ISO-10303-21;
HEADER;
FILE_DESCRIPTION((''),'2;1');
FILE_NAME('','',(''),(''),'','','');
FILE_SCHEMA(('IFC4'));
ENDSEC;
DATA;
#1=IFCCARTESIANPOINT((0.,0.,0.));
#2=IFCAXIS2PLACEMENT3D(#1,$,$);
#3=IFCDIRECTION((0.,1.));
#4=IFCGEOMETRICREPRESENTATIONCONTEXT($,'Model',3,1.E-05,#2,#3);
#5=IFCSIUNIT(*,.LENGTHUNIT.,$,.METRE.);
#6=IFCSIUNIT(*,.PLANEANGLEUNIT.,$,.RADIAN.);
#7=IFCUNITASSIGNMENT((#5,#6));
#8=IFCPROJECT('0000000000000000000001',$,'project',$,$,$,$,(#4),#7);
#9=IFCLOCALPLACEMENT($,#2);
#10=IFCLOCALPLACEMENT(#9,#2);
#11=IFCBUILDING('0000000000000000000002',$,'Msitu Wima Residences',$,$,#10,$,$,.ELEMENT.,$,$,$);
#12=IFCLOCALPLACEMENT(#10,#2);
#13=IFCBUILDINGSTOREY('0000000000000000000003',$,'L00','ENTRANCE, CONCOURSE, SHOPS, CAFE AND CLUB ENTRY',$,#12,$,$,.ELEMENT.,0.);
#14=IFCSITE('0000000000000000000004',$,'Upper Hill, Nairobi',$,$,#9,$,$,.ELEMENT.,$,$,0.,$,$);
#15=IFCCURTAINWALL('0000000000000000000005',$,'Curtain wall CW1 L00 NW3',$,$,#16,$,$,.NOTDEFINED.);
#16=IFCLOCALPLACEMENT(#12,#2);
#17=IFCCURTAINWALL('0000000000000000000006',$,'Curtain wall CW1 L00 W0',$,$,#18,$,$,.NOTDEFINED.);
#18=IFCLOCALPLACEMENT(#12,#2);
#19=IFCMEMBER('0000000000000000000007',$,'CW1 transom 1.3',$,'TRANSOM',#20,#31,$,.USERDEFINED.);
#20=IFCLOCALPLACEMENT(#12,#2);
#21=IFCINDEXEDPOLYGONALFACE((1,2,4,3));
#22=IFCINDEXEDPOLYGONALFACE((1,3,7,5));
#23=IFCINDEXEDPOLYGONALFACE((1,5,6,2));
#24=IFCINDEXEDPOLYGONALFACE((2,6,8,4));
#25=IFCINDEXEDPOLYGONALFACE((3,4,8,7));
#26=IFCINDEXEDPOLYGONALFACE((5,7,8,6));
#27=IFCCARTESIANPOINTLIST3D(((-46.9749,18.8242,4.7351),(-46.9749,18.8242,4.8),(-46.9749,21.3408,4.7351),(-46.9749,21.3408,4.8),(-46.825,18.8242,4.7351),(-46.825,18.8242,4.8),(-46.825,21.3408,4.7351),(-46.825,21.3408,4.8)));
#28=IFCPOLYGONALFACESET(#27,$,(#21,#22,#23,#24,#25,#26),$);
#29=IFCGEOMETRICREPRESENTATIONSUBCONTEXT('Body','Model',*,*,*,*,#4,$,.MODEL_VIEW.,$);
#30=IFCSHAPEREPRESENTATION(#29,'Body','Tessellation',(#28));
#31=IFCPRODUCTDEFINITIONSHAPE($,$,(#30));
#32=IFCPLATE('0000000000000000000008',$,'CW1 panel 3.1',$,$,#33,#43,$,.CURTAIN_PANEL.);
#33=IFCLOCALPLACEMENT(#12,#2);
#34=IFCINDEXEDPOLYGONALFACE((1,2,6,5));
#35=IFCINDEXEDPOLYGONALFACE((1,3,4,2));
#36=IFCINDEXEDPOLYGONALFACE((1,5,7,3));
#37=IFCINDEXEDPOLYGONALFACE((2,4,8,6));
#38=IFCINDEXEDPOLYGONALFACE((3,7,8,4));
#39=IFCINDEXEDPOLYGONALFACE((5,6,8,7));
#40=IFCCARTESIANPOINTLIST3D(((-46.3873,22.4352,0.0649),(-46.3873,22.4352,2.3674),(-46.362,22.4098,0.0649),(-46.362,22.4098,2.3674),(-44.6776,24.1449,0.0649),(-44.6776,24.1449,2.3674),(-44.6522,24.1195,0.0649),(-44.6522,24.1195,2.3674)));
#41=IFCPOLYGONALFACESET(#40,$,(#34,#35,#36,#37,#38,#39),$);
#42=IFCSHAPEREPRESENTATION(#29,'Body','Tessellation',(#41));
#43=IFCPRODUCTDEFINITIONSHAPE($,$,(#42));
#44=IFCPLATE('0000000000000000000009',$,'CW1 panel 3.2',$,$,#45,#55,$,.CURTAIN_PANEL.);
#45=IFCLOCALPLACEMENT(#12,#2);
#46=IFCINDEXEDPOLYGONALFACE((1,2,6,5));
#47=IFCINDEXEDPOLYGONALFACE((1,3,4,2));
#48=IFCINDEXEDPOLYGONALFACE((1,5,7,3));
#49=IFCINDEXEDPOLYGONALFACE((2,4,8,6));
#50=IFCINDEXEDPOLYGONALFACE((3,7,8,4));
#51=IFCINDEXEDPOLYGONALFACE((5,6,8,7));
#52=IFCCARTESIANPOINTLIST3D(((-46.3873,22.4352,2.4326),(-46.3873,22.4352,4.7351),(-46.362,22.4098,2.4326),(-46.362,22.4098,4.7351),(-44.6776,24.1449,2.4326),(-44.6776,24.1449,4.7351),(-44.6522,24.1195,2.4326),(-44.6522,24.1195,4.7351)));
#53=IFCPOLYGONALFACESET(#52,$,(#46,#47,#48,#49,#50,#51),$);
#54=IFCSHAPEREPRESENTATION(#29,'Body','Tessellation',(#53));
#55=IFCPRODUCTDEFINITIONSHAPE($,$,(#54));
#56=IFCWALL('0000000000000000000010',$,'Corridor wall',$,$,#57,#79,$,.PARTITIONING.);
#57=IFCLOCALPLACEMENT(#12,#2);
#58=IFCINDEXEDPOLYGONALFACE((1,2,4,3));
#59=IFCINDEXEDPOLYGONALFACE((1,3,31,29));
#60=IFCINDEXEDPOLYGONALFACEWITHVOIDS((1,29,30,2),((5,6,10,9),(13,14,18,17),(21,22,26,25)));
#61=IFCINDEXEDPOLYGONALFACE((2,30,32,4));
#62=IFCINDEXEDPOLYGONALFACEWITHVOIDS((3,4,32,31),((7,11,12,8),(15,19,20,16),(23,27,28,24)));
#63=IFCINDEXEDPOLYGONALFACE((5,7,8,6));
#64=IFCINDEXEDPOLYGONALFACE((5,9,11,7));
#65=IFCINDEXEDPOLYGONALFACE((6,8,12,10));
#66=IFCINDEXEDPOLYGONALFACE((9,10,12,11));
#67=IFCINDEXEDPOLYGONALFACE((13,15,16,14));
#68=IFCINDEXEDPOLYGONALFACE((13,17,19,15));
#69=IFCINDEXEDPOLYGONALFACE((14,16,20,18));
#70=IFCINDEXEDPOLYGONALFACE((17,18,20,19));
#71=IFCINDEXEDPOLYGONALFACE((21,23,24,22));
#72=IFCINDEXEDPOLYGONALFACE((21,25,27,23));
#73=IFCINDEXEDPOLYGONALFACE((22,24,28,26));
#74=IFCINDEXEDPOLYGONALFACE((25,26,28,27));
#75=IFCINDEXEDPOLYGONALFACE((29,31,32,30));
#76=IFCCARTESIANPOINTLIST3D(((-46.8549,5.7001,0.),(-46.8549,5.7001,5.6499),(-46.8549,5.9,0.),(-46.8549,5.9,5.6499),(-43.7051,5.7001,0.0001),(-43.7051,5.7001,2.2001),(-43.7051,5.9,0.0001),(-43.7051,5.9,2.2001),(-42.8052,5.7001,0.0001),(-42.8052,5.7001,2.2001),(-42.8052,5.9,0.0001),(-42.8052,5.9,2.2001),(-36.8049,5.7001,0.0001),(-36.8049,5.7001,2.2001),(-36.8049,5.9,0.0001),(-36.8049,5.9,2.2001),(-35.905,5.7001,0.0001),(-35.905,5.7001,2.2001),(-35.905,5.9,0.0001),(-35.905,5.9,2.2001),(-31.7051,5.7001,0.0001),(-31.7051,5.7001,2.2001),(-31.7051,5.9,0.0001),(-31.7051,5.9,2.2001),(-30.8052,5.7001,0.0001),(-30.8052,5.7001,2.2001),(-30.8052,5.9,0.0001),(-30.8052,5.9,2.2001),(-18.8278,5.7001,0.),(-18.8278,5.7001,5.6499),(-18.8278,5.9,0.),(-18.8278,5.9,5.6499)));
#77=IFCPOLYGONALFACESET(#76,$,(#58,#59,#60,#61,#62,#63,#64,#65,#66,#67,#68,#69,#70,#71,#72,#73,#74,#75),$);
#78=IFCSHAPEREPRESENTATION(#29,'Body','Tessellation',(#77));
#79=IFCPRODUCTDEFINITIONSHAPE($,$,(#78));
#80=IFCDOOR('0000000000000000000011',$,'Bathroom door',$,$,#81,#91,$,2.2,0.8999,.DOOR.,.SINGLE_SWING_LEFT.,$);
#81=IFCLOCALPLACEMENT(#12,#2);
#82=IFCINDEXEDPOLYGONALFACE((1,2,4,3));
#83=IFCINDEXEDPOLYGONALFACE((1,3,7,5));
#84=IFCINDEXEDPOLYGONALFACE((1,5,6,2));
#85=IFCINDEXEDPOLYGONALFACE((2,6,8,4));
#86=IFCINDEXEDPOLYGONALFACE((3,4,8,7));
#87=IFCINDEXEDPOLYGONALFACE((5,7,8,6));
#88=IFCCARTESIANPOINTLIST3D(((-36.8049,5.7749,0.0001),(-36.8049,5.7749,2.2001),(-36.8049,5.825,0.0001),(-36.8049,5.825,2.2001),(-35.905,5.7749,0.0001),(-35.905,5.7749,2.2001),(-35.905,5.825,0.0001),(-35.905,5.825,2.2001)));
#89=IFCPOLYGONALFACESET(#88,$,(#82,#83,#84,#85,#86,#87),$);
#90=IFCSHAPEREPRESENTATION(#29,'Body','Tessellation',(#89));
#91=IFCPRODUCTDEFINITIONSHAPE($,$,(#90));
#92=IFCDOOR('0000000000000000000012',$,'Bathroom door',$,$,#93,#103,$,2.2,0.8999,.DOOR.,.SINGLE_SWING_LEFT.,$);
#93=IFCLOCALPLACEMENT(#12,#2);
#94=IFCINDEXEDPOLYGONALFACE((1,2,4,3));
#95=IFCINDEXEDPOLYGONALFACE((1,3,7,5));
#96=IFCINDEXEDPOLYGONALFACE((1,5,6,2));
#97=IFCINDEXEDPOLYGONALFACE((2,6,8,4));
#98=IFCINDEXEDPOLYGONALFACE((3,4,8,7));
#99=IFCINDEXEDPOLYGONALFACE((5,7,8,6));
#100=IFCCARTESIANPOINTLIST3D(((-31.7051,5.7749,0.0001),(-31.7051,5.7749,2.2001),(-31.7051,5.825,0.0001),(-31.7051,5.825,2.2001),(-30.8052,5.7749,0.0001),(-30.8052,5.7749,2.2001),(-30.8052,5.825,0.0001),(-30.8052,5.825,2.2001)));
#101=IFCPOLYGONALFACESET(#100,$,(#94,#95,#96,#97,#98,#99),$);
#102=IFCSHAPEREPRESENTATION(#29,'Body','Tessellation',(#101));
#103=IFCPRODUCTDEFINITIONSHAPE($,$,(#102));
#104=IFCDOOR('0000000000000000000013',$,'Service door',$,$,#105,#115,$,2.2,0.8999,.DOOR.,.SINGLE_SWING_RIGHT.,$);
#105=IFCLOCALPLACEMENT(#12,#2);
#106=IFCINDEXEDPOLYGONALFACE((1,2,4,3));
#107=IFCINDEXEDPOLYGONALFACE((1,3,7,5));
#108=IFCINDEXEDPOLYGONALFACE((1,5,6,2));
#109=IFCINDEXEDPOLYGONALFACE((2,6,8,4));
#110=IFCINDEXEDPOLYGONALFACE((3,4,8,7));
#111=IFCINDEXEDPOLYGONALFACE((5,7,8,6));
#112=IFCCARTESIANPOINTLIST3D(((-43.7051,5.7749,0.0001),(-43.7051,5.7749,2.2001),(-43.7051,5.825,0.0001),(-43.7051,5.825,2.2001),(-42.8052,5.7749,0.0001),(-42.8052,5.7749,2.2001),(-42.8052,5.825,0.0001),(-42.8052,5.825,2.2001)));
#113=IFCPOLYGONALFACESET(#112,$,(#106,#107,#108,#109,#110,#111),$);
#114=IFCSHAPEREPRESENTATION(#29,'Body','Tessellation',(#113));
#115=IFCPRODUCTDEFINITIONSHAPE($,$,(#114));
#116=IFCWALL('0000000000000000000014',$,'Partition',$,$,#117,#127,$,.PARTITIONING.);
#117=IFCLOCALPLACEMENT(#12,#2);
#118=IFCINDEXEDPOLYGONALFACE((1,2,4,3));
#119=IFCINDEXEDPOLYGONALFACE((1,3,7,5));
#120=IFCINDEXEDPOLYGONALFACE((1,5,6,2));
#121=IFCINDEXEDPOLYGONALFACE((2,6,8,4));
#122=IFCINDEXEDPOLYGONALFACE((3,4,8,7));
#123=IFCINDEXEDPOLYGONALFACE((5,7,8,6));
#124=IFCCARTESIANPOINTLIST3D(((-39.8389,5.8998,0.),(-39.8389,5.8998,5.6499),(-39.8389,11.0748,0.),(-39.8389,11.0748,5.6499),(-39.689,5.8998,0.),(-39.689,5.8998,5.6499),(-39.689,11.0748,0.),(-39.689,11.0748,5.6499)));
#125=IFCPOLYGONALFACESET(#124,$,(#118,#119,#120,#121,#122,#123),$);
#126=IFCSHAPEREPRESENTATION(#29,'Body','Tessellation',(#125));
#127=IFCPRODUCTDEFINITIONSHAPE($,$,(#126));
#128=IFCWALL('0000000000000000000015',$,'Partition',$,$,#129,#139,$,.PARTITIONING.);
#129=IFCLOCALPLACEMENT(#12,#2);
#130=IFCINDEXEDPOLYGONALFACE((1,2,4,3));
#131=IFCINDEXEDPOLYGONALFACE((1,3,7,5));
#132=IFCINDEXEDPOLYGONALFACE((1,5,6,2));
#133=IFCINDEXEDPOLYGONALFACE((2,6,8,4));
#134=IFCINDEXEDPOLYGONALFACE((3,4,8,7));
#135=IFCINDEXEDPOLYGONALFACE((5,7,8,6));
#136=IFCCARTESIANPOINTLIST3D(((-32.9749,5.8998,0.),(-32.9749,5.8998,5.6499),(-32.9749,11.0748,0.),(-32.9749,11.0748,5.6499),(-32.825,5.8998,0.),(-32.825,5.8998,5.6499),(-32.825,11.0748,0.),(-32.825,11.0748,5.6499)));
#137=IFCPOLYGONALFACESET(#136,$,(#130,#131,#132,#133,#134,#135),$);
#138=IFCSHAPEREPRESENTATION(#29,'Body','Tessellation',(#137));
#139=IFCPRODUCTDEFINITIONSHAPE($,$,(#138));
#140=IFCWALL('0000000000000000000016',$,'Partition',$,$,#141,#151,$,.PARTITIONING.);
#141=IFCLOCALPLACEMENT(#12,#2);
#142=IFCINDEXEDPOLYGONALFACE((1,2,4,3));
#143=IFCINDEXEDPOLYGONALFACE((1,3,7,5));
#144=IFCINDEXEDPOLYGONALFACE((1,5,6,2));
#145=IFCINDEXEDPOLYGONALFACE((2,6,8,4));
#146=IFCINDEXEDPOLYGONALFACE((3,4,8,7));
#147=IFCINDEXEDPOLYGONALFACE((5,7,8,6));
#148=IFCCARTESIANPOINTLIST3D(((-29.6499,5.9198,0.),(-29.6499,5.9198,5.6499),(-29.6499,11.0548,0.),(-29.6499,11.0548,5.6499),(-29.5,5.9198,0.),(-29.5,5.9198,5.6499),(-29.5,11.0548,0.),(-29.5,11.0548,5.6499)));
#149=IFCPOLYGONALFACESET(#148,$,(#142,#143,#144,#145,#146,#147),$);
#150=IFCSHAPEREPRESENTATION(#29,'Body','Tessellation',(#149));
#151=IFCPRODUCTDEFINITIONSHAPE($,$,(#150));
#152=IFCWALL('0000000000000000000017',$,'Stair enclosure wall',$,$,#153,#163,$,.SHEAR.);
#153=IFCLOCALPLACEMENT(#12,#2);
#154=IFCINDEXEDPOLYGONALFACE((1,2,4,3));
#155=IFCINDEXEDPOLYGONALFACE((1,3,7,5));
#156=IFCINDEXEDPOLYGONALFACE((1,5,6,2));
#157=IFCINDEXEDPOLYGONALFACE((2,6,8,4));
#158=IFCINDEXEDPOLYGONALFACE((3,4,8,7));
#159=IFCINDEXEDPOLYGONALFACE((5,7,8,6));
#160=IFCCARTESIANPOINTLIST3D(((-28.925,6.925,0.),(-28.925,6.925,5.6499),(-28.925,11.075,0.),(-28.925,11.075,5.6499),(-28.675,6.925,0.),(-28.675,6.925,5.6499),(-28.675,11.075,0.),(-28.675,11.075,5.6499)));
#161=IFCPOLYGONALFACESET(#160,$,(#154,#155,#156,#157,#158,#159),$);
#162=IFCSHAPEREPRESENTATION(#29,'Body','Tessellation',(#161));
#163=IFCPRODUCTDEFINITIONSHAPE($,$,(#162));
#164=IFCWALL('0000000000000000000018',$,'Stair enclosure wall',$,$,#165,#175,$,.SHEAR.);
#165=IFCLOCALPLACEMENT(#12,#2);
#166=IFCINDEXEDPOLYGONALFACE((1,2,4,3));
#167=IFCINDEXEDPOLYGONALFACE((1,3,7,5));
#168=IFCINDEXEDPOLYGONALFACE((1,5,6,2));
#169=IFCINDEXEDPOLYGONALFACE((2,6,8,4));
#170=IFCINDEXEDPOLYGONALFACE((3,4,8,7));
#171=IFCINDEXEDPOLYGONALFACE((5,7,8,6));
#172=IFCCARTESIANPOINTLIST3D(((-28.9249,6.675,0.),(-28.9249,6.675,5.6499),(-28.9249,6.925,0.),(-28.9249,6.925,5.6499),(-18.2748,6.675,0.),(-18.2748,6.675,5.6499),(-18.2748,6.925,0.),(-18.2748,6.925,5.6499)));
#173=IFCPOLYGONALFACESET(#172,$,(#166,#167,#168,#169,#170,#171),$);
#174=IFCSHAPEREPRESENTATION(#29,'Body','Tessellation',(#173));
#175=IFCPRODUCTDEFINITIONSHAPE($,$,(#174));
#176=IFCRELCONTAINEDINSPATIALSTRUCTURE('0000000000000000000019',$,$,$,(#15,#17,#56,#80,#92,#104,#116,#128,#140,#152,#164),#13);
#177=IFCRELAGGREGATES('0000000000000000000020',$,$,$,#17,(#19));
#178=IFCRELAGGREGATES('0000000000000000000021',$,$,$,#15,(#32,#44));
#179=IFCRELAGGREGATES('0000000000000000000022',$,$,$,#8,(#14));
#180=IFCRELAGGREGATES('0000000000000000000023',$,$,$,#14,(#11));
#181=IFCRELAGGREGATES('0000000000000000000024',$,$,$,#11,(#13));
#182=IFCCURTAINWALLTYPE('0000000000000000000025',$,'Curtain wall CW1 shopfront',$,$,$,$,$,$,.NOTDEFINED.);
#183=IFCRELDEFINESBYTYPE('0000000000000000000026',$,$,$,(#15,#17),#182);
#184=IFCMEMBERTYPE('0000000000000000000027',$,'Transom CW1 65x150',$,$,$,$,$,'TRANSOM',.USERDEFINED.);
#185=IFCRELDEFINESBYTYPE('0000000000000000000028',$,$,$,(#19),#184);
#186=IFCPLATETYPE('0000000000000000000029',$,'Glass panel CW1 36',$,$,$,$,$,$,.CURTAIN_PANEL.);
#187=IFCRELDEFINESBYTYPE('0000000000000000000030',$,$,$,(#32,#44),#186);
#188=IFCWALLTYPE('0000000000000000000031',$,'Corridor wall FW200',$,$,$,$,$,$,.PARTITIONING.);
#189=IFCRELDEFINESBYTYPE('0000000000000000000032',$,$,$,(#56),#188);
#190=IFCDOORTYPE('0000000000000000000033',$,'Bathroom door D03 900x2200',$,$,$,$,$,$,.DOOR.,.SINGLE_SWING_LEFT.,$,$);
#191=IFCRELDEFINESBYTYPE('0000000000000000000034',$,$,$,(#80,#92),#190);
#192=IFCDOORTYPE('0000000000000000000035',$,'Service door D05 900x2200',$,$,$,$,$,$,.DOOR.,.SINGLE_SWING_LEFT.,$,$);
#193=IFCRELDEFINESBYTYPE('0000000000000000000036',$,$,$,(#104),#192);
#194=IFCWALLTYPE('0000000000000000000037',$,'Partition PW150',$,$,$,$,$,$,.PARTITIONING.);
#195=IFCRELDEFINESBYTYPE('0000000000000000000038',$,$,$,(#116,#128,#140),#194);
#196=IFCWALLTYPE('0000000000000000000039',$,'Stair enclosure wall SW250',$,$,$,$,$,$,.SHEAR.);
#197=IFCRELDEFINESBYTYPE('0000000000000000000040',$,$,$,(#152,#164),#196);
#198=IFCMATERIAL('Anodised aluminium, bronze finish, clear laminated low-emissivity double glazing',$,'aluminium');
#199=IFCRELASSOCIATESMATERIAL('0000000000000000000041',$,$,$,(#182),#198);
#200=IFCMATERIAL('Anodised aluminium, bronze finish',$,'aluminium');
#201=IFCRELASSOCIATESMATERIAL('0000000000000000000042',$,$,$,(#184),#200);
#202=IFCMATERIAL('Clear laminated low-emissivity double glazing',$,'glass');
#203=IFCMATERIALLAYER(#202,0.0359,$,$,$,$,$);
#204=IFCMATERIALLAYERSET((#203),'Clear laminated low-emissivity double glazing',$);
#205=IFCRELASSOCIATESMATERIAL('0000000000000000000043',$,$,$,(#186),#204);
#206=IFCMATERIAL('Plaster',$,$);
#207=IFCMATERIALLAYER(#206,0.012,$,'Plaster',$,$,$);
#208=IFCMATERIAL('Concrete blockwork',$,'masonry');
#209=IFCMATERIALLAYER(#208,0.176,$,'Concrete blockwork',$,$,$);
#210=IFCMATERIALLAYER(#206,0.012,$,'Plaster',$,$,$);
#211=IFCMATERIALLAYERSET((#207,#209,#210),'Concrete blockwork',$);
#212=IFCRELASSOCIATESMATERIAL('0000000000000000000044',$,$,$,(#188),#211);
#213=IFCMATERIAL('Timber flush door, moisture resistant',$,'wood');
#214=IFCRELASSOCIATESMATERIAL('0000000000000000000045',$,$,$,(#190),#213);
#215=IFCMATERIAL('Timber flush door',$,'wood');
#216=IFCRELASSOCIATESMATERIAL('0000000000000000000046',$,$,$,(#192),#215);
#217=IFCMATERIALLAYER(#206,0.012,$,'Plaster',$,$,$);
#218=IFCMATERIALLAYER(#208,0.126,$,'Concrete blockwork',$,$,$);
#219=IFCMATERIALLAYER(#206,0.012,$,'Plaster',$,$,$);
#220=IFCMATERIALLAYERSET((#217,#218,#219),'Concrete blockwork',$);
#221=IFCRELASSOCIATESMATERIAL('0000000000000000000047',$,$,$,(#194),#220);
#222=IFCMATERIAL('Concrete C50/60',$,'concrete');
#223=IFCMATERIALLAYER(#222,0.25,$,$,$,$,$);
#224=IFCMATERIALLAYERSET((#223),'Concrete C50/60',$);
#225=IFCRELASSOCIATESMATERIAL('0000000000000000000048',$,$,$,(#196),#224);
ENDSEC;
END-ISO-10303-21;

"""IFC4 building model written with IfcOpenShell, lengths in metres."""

from ifc_helpers import new_model, si_unit, direction, frame, frame_2d, origin, origin_2d, place, context, subcontext, project, spatial, rectangle, extrude, material, layer, layer_set, material_profile, profile_set, type_object, element, fill, aggregate, save


model = new_model("IFC4")

# Units and contexts
model_context = context("Model", 3, precision=1e-05, world=origin(), true_north=direction((0.0, 1.0)))
body_context = subcontext(model_context, "Body", "Model", "MODEL_VIEW")
ifc_project = project(units=[si_unit("LENGTHUNIT", "METRE"), si_unit("PLANEANGLEUNIT", "RADIAN")], contexts=[model_context])

# Site, building, storey
site_placement = place(None, origin())
site = spatial("IfcSite", under=ifc_project, at=site_placement, Name="Upper Hill, Nairobi", CompositionType="ELEMENT", RefElevation=0.0)
building_placement = place(site_placement, origin())
building = spatial("IfcBuilding", under=site, at=building_placement, Name="Msitu Wima Residences", CompositionType="ELEMENT")
storey_placement = place(building_placement, origin())
storey = spatial("IfcBuildingStorey", under=building, at=storey_placement, Name="L00", Description="ENTRANCE, CONCOURSE, SHOPS, CAFE AND CLUB ENTRY", CompositionType="ELEMENT", Elevation=0.0)

# Curtain walls
ifc_material_1 = material(Name="Anodised aluminium, bronze finish, clear laminated low-emissivity double glazing", Category="aluminium")
curtain_wall_type = type_object("IfcCurtainWallType", Name="Curtain wall CW1 shopfront", PredefinedType="NOTDEFINED", material=ifc_material_1)
curtain_wall_1_placement = place(storey_placement, origin())
curtain_wall_1 = element("IfcCurtainWall", 1, at=curtain_wall_1_placement, inside=storey, type_object=curtain_wall_type, Name="Curtain wall CW1 L00 NW3", PredefinedType="NOTDEFINED")
ifc_material_2 = material(Name="Anodised aluminium, bronze finish", Category="aluminium")
curtain_wall_2_placement = place(storey_placement, origin())
curtain_wall_2 = element("IfcCurtainWall", 2, at=curtain_wall_2_placement, inside=storey, type_object=curtain_wall_type, Name="Curtain wall CW1 L00 W0", PredefinedType="NOTDEFINED")

# Member
ifc_material_profile_1 = material_profile(ifc_material_2, rectangle(XDim=0.1499, YDim=0.0649, at=origin_2d()), Name="Transom 65x150")
ifc_profile_set_1 = profile_set([ifc_material_profile_1], Name="Anodised aluminium, bronze finish")
member_type_1 = type_object("IfcMemberType", Name="Transom CW1 65x150", ElementType="TRANSOM", PredefinedType="USERDEFINED", material=ifc_profile_set_1)
member_1_placement = place(storey_placement, frame((-46.8999, 21.3408, 4.7676), z_axis=(0.0, -1.0, 0.0), x_axis=(1.0, 0.0, 0.0)))
member_1 = element("IfcMember", 3, at=member_1_placement, type_object=member_type_1, Name="CW1 transom 1.3", ObjectType="TRANSOM", PredefinedType="USERDEFINED", context=body_context, shape_type="SweptSolid", body=[
    extrude(rectangle(XDim=0.1499, YDim=0.0649, at=origin_2d()), origin(), (0.0, 0.0, 1.0), 2.5166),
])
aggregate(curtain_wall_2, [member_1])

# Plates
ifc_material_3 = material(Name="Clear laminated low-emissivity double glazing", Category="glass")
ifc_layer_1 = layer(ifc_material_3, 0.0359)
ifc_layer_set_1 = layer_set([ifc_layer_1], Name="Clear laminated low-emissivity double glazing")
plate_type = type_object("IfcPlateType", Name="Glass panel CW1 36", PredefinedType="CURTAIN_PANEL", material=ifc_layer_set_1)
plate_1_placement = place(storey_placement, frame((-45.5198, 23.2773, 0.0649), z_axis=(0.0, 0.0, 1.0), x_axis=(-0.707107, -0.707107, 0.0)))
plate_1 = element("IfcPlate", 4, at=plate_1_placement, type_object=plate_type, Name="CW1 panel 3.1", PredefinedType="CURTAIN_PANEL", context=body_context, shape_type="SweptSolid", body=[
    extrude(rectangle(XDim=2.418, YDim=0.0359, at=origin_2d()), origin(), (0.0, 0.0, 1.0), 2.3025),
])
plate_2_placement = place(storey_placement, frame((-45.5198, 23.2773, 2.4326), z_axis=(0.0, 0.0, 1.0), x_axis=(-0.707107, -0.707107, 0.0)))
plate_2 = element("IfcPlate", 5, at=plate_2_placement, type_object=plate_type, Name="CW1 panel 3.2", PredefinedType="CURTAIN_PANEL", context=body_context, shape_type="SweptSolid", body=[
    extrude(rectangle(XDim=2.418, YDim=0.0359, at=origin_2d()), origin(), (0.0, 0.0, 1.0), 2.3025),
])
aggregate(curtain_wall_1, [plate_1, plate_2])

# Wall, openings, doors
ifc_material_4 = material(Name="Plaster")
ifc_layer_2 = layer(ifc_material_4, 0.012, Name="Plaster")
ifc_material_5 = material(Name="Concrete blockwork", Category="masonry")
ifc_layer_3 = layer(ifc_material_5, 0.176, Name="Concrete blockwork")
ifc_layer_4 = layer(ifc_material_4, 0.012, Name="Plaster")
ifc_layer_set_2 = layer_set([ifc_layer_2, ifc_layer_3, ifc_layer_4], Name="Concrete blockwork")
wall_type_1 = type_object("IfcWallType", Name="Corridor wall FW200", PredefinedType="PARTITIONING", material=ifc_layer_set_2)
wall_1_placement = place(storey_placement, frame((-46.855, 5.8, 0.0), z_axis=(0.0, 0.0, 1.0), x_axis=(1.0, 0.0, 0.0)))
wall_1 = element("IfcWall", 6, at=wall_1_placement, inside=storey, type_object=wall_type_1, Name="Corridor wall", PredefinedType="PARTITIONING", context=body_context, shape_type="SweptSolid", body=[
    extrude(rectangle(XDim=28.0271, YDim=0.2, at=frame_2d((14.0137, 0.0))), origin(), (0.0, 0.0, 1.0), 5.6499),
])
opening_1_placement = place(wall_1_placement, frame((3.1499, 0.0, 0.0)))
opening_1 = element("IfcOpeningElement", 7, at=opening_1_placement, cuts=wall_1, PredefinedType="OPENING", context=body_context, shape_type="SweptSolid", body=[
    extrude(rectangle(XDim=0.8999, YDim=2.2, at=frame_2d((0.45, 1.1001))), frame((0.0, 0.1099, 0.0), z_axis=(0.0, -1.0, 0.0), x_axis=(1.0, 0.0, 0.0)), (0.0, 0.0, 1.0), 0.22),
])
opening_2_placement = place(wall_1_placement, frame((10.05, 0.0, 0.0)))
opening_2 = element("IfcOpeningElement", 8, at=opening_2_placement, cuts=wall_1, PredefinedType="OPENING", context=body_context, shape_type="SweptSolid", body=[
    extrude(rectangle(XDim=0.8999, YDim=2.2, at=frame_2d((0.45, 1.1001))), frame((0.0, 0.1099, 0.0), z_axis=(0.0, -1.0, 0.0), x_axis=(1.0, 0.0, 0.0)), (0.0, 0.0, 1.0), 0.22),
])
opening_3_placement = place(wall_1_placement, frame((15.1499, 0.0, 0.0)))
opening_3 = element("IfcOpeningElement", 9, at=opening_3_placement, cuts=wall_1, PredefinedType="OPENING", context=body_context, shape_type="SweptSolid", body=[
    extrude(rectangle(XDim=0.8999, YDim=2.2, at=frame_2d((0.45, 1.1001))), frame((0.0, 0.1099, 0.0), z_axis=(0.0, -1.0, 0.0), x_axis=(1.0, 0.0, 0.0)), (0.0, 0.0, 1.0), 0.22),
])
ifc_material_6 = material(Name="Timber flush door, moisture resistant", Category="wood")
door_type_1 = type_object("IfcDoorType", Name="Bathroom door D03 900x2200", OperationType="SINGLE_SWING_LEFT", PredefinedType="DOOR", material=ifc_material_6)
door_1_placement = place(opening_2_placement, origin())
door_1 = element("IfcDoor", 10, at=door_1_placement, inside=storey, type_object=door_type_1, Name="Bathroom door", OperationType="SINGLE_SWING_LEFT", OverallHeight=2.2, OverallWidth=0.8999, PredefinedType="DOOR", context=body_context, shape_type="SweptSolid", body=[
    extrude(rectangle(XDim=0.8999, YDim=2.2, at=frame_2d((0.45, 1.1001))), frame((0.0, 0.0249, 0.0), z_axis=(0.0, -1.0, 0.0), x_axis=(1.0, 0.0, 0.0)), (0.0, 0.0, 1.0), 0.05),
])
fill(opening_2, door_1)
door_2_placement = place(opening_3_placement, origin())
door_2 = element("IfcDoor", 11, at=door_2_placement, inside=storey, type_object=door_type_1, Name="Bathroom door", OperationType="SINGLE_SWING_LEFT", OverallHeight=2.2, OverallWidth=0.8999, PredefinedType="DOOR", context=body_context, shape_type="SweptSolid", body=[
    extrude(rectangle(XDim=0.8999, YDim=2.2, at=frame_2d((0.45, 1.1001))), frame((0.0, 0.0249, 0.0), z_axis=(0.0, -1.0, 0.0), x_axis=(1.0, 0.0, 0.0)), (0.0, 0.0, 1.0), 0.05),
])
fill(opening_3, door_2)
ifc_material_7 = material(Name="Timber flush door", Category="wood")
door_type_2 = type_object("IfcDoorType", Name="Service door D05 900x2200", OperationType="SINGLE_SWING_LEFT", PredefinedType="DOOR", material=ifc_material_7)
door_3_placement = place(opening_1_placement, origin())
door_3 = element("IfcDoor", 12, at=door_3_placement, inside=storey, type_object=door_type_2, Name="Service door", OperationType="SINGLE_SWING_RIGHT", OverallHeight=2.2, OverallWidth=0.8999, PredefinedType="DOOR", context=body_context, shape_type="SweptSolid", body=[
    extrude(rectangle(XDim=0.8999, YDim=2.2, at=frame_2d((0.45, 1.1001))), frame((0.0, 0.0249, 0.0), z_axis=(0.0, -1.0, 0.0), x_axis=(1.0, 0.0, 0.0)), (0.0, 0.0, 1.0), 0.05),
])
fill(opening_1, door_3)

# Walls
ifc_layer_5 = layer(ifc_material_4, 0.012, Name="Plaster")
ifc_layer_6 = layer(ifc_material_5, 0.126, Name="Concrete blockwork")
ifc_layer_7 = layer(ifc_material_4, 0.012, Name="Plaster")
ifc_layer_set_3 = layer_set([ifc_layer_5, ifc_layer_6, ifc_layer_7], Name="Concrete blockwork")
wall_type_2 = type_object("IfcWallType", Name="Partition PW150", PredefinedType="PARTITIONING", material=ifc_layer_set_3)
for number, where, z_axis, x_axis, name in (
    (13, (-39.7639, 5.8999, 0.0), (0.0, 0.0, 1.0), (0.0, 1.0, 0.0), "Partition"),
    (14, (-32.8999, 5.8999, 0.0), (0.0, 0.0, 1.0), (0.0, 1.0, 0.0), "Partition"),
):
    element("IfcWall", number, at=place(storey_placement, frame(where, z_axis=z_axis, x_axis=x_axis)), inside=storey, type_object=wall_type_2, Name=name, PredefinedType="PARTITIONING", context=body_context, shape_type="SweptSolid", body=[
        extrude(rectangle(XDim=5.175, YDim=0.1499, at=frame_2d((2.5874, 0.0))), origin(), (0.0, 0.0, 1.0), 5.6499),
    ])
wall_2_placement = place(storey_placement, frame((-29.575, 5.9199, 0.0), z_axis=(0.0, 0.0, 1.0), x_axis=(0.0, 1.0, 0.0)))
element("IfcWall", 15, at=wall_2_placement, inside=storey, type_object=wall_type_2, Name="Partition", PredefinedType="PARTITIONING", context=body_context, shape_type="SweptSolid", body=[
    extrude(rectangle(XDim=5.135, YDim=0.1499, at=frame_2d((2.5674, 0.0))), origin(), (0.0, 0.0, 1.0), 5.6499),
])
ifc_material_8 = material(Name="Concrete C50/60", Category="concrete")
ifc_layer_8 = layer(ifc_material_8, 0.25)
ifc_layer_set_4 = layer_set([ifc_layer_8], Name="Concrete C50/60")
wall_type_3 = type_object("IfcWallType", Name="Stair enclosure wall SW250", PredefinedType="SHEAR", material=ifc_layer_set_4)
wall_3_placement = place(storey_placement, frame((-28.8, 6.925, 0.0), z_axis=(0.0, 0.0, 1.0), x_axis=(0.0, 1.0, 0.0)))
element("IfcWall", 16, at=wall_3_placement, inside=storey, type_object=wall_type_3, Name="Stair enclosure wall", PredefinedType="SHEAR", context=body_context, shape_type="SweptSolid", body=[
    extrude(rectangle(XDim=4.1499, YDim=0.25, at=frame_2d((2.075, 0.0))), origin(), (0.0, 0.0, 1.0), 5.6499),
])
wall_4_placement = place(storey_placement, frame((-28.925, 6.8, 0.0), z_axis=(0.0, 0.0, 1.0), x_axis=(1.0, 0.0, 0.0)))
element("IfcWall", 17, at=wall_4_placement, inside=storey, type_object=wall_type_3, Name="Stair enclosure wall", PredefinedType="SHEAR", context=body_context, shape_type="SweptSolid", body=[
    extrude(rectangle(XDim=10.6501, YDim=0.25, at=frame_2d((5.3252, 0.0))), origin(), (0.0, 0.0, 1.0), 5.6499),
])

save(model, "model.ifc")
